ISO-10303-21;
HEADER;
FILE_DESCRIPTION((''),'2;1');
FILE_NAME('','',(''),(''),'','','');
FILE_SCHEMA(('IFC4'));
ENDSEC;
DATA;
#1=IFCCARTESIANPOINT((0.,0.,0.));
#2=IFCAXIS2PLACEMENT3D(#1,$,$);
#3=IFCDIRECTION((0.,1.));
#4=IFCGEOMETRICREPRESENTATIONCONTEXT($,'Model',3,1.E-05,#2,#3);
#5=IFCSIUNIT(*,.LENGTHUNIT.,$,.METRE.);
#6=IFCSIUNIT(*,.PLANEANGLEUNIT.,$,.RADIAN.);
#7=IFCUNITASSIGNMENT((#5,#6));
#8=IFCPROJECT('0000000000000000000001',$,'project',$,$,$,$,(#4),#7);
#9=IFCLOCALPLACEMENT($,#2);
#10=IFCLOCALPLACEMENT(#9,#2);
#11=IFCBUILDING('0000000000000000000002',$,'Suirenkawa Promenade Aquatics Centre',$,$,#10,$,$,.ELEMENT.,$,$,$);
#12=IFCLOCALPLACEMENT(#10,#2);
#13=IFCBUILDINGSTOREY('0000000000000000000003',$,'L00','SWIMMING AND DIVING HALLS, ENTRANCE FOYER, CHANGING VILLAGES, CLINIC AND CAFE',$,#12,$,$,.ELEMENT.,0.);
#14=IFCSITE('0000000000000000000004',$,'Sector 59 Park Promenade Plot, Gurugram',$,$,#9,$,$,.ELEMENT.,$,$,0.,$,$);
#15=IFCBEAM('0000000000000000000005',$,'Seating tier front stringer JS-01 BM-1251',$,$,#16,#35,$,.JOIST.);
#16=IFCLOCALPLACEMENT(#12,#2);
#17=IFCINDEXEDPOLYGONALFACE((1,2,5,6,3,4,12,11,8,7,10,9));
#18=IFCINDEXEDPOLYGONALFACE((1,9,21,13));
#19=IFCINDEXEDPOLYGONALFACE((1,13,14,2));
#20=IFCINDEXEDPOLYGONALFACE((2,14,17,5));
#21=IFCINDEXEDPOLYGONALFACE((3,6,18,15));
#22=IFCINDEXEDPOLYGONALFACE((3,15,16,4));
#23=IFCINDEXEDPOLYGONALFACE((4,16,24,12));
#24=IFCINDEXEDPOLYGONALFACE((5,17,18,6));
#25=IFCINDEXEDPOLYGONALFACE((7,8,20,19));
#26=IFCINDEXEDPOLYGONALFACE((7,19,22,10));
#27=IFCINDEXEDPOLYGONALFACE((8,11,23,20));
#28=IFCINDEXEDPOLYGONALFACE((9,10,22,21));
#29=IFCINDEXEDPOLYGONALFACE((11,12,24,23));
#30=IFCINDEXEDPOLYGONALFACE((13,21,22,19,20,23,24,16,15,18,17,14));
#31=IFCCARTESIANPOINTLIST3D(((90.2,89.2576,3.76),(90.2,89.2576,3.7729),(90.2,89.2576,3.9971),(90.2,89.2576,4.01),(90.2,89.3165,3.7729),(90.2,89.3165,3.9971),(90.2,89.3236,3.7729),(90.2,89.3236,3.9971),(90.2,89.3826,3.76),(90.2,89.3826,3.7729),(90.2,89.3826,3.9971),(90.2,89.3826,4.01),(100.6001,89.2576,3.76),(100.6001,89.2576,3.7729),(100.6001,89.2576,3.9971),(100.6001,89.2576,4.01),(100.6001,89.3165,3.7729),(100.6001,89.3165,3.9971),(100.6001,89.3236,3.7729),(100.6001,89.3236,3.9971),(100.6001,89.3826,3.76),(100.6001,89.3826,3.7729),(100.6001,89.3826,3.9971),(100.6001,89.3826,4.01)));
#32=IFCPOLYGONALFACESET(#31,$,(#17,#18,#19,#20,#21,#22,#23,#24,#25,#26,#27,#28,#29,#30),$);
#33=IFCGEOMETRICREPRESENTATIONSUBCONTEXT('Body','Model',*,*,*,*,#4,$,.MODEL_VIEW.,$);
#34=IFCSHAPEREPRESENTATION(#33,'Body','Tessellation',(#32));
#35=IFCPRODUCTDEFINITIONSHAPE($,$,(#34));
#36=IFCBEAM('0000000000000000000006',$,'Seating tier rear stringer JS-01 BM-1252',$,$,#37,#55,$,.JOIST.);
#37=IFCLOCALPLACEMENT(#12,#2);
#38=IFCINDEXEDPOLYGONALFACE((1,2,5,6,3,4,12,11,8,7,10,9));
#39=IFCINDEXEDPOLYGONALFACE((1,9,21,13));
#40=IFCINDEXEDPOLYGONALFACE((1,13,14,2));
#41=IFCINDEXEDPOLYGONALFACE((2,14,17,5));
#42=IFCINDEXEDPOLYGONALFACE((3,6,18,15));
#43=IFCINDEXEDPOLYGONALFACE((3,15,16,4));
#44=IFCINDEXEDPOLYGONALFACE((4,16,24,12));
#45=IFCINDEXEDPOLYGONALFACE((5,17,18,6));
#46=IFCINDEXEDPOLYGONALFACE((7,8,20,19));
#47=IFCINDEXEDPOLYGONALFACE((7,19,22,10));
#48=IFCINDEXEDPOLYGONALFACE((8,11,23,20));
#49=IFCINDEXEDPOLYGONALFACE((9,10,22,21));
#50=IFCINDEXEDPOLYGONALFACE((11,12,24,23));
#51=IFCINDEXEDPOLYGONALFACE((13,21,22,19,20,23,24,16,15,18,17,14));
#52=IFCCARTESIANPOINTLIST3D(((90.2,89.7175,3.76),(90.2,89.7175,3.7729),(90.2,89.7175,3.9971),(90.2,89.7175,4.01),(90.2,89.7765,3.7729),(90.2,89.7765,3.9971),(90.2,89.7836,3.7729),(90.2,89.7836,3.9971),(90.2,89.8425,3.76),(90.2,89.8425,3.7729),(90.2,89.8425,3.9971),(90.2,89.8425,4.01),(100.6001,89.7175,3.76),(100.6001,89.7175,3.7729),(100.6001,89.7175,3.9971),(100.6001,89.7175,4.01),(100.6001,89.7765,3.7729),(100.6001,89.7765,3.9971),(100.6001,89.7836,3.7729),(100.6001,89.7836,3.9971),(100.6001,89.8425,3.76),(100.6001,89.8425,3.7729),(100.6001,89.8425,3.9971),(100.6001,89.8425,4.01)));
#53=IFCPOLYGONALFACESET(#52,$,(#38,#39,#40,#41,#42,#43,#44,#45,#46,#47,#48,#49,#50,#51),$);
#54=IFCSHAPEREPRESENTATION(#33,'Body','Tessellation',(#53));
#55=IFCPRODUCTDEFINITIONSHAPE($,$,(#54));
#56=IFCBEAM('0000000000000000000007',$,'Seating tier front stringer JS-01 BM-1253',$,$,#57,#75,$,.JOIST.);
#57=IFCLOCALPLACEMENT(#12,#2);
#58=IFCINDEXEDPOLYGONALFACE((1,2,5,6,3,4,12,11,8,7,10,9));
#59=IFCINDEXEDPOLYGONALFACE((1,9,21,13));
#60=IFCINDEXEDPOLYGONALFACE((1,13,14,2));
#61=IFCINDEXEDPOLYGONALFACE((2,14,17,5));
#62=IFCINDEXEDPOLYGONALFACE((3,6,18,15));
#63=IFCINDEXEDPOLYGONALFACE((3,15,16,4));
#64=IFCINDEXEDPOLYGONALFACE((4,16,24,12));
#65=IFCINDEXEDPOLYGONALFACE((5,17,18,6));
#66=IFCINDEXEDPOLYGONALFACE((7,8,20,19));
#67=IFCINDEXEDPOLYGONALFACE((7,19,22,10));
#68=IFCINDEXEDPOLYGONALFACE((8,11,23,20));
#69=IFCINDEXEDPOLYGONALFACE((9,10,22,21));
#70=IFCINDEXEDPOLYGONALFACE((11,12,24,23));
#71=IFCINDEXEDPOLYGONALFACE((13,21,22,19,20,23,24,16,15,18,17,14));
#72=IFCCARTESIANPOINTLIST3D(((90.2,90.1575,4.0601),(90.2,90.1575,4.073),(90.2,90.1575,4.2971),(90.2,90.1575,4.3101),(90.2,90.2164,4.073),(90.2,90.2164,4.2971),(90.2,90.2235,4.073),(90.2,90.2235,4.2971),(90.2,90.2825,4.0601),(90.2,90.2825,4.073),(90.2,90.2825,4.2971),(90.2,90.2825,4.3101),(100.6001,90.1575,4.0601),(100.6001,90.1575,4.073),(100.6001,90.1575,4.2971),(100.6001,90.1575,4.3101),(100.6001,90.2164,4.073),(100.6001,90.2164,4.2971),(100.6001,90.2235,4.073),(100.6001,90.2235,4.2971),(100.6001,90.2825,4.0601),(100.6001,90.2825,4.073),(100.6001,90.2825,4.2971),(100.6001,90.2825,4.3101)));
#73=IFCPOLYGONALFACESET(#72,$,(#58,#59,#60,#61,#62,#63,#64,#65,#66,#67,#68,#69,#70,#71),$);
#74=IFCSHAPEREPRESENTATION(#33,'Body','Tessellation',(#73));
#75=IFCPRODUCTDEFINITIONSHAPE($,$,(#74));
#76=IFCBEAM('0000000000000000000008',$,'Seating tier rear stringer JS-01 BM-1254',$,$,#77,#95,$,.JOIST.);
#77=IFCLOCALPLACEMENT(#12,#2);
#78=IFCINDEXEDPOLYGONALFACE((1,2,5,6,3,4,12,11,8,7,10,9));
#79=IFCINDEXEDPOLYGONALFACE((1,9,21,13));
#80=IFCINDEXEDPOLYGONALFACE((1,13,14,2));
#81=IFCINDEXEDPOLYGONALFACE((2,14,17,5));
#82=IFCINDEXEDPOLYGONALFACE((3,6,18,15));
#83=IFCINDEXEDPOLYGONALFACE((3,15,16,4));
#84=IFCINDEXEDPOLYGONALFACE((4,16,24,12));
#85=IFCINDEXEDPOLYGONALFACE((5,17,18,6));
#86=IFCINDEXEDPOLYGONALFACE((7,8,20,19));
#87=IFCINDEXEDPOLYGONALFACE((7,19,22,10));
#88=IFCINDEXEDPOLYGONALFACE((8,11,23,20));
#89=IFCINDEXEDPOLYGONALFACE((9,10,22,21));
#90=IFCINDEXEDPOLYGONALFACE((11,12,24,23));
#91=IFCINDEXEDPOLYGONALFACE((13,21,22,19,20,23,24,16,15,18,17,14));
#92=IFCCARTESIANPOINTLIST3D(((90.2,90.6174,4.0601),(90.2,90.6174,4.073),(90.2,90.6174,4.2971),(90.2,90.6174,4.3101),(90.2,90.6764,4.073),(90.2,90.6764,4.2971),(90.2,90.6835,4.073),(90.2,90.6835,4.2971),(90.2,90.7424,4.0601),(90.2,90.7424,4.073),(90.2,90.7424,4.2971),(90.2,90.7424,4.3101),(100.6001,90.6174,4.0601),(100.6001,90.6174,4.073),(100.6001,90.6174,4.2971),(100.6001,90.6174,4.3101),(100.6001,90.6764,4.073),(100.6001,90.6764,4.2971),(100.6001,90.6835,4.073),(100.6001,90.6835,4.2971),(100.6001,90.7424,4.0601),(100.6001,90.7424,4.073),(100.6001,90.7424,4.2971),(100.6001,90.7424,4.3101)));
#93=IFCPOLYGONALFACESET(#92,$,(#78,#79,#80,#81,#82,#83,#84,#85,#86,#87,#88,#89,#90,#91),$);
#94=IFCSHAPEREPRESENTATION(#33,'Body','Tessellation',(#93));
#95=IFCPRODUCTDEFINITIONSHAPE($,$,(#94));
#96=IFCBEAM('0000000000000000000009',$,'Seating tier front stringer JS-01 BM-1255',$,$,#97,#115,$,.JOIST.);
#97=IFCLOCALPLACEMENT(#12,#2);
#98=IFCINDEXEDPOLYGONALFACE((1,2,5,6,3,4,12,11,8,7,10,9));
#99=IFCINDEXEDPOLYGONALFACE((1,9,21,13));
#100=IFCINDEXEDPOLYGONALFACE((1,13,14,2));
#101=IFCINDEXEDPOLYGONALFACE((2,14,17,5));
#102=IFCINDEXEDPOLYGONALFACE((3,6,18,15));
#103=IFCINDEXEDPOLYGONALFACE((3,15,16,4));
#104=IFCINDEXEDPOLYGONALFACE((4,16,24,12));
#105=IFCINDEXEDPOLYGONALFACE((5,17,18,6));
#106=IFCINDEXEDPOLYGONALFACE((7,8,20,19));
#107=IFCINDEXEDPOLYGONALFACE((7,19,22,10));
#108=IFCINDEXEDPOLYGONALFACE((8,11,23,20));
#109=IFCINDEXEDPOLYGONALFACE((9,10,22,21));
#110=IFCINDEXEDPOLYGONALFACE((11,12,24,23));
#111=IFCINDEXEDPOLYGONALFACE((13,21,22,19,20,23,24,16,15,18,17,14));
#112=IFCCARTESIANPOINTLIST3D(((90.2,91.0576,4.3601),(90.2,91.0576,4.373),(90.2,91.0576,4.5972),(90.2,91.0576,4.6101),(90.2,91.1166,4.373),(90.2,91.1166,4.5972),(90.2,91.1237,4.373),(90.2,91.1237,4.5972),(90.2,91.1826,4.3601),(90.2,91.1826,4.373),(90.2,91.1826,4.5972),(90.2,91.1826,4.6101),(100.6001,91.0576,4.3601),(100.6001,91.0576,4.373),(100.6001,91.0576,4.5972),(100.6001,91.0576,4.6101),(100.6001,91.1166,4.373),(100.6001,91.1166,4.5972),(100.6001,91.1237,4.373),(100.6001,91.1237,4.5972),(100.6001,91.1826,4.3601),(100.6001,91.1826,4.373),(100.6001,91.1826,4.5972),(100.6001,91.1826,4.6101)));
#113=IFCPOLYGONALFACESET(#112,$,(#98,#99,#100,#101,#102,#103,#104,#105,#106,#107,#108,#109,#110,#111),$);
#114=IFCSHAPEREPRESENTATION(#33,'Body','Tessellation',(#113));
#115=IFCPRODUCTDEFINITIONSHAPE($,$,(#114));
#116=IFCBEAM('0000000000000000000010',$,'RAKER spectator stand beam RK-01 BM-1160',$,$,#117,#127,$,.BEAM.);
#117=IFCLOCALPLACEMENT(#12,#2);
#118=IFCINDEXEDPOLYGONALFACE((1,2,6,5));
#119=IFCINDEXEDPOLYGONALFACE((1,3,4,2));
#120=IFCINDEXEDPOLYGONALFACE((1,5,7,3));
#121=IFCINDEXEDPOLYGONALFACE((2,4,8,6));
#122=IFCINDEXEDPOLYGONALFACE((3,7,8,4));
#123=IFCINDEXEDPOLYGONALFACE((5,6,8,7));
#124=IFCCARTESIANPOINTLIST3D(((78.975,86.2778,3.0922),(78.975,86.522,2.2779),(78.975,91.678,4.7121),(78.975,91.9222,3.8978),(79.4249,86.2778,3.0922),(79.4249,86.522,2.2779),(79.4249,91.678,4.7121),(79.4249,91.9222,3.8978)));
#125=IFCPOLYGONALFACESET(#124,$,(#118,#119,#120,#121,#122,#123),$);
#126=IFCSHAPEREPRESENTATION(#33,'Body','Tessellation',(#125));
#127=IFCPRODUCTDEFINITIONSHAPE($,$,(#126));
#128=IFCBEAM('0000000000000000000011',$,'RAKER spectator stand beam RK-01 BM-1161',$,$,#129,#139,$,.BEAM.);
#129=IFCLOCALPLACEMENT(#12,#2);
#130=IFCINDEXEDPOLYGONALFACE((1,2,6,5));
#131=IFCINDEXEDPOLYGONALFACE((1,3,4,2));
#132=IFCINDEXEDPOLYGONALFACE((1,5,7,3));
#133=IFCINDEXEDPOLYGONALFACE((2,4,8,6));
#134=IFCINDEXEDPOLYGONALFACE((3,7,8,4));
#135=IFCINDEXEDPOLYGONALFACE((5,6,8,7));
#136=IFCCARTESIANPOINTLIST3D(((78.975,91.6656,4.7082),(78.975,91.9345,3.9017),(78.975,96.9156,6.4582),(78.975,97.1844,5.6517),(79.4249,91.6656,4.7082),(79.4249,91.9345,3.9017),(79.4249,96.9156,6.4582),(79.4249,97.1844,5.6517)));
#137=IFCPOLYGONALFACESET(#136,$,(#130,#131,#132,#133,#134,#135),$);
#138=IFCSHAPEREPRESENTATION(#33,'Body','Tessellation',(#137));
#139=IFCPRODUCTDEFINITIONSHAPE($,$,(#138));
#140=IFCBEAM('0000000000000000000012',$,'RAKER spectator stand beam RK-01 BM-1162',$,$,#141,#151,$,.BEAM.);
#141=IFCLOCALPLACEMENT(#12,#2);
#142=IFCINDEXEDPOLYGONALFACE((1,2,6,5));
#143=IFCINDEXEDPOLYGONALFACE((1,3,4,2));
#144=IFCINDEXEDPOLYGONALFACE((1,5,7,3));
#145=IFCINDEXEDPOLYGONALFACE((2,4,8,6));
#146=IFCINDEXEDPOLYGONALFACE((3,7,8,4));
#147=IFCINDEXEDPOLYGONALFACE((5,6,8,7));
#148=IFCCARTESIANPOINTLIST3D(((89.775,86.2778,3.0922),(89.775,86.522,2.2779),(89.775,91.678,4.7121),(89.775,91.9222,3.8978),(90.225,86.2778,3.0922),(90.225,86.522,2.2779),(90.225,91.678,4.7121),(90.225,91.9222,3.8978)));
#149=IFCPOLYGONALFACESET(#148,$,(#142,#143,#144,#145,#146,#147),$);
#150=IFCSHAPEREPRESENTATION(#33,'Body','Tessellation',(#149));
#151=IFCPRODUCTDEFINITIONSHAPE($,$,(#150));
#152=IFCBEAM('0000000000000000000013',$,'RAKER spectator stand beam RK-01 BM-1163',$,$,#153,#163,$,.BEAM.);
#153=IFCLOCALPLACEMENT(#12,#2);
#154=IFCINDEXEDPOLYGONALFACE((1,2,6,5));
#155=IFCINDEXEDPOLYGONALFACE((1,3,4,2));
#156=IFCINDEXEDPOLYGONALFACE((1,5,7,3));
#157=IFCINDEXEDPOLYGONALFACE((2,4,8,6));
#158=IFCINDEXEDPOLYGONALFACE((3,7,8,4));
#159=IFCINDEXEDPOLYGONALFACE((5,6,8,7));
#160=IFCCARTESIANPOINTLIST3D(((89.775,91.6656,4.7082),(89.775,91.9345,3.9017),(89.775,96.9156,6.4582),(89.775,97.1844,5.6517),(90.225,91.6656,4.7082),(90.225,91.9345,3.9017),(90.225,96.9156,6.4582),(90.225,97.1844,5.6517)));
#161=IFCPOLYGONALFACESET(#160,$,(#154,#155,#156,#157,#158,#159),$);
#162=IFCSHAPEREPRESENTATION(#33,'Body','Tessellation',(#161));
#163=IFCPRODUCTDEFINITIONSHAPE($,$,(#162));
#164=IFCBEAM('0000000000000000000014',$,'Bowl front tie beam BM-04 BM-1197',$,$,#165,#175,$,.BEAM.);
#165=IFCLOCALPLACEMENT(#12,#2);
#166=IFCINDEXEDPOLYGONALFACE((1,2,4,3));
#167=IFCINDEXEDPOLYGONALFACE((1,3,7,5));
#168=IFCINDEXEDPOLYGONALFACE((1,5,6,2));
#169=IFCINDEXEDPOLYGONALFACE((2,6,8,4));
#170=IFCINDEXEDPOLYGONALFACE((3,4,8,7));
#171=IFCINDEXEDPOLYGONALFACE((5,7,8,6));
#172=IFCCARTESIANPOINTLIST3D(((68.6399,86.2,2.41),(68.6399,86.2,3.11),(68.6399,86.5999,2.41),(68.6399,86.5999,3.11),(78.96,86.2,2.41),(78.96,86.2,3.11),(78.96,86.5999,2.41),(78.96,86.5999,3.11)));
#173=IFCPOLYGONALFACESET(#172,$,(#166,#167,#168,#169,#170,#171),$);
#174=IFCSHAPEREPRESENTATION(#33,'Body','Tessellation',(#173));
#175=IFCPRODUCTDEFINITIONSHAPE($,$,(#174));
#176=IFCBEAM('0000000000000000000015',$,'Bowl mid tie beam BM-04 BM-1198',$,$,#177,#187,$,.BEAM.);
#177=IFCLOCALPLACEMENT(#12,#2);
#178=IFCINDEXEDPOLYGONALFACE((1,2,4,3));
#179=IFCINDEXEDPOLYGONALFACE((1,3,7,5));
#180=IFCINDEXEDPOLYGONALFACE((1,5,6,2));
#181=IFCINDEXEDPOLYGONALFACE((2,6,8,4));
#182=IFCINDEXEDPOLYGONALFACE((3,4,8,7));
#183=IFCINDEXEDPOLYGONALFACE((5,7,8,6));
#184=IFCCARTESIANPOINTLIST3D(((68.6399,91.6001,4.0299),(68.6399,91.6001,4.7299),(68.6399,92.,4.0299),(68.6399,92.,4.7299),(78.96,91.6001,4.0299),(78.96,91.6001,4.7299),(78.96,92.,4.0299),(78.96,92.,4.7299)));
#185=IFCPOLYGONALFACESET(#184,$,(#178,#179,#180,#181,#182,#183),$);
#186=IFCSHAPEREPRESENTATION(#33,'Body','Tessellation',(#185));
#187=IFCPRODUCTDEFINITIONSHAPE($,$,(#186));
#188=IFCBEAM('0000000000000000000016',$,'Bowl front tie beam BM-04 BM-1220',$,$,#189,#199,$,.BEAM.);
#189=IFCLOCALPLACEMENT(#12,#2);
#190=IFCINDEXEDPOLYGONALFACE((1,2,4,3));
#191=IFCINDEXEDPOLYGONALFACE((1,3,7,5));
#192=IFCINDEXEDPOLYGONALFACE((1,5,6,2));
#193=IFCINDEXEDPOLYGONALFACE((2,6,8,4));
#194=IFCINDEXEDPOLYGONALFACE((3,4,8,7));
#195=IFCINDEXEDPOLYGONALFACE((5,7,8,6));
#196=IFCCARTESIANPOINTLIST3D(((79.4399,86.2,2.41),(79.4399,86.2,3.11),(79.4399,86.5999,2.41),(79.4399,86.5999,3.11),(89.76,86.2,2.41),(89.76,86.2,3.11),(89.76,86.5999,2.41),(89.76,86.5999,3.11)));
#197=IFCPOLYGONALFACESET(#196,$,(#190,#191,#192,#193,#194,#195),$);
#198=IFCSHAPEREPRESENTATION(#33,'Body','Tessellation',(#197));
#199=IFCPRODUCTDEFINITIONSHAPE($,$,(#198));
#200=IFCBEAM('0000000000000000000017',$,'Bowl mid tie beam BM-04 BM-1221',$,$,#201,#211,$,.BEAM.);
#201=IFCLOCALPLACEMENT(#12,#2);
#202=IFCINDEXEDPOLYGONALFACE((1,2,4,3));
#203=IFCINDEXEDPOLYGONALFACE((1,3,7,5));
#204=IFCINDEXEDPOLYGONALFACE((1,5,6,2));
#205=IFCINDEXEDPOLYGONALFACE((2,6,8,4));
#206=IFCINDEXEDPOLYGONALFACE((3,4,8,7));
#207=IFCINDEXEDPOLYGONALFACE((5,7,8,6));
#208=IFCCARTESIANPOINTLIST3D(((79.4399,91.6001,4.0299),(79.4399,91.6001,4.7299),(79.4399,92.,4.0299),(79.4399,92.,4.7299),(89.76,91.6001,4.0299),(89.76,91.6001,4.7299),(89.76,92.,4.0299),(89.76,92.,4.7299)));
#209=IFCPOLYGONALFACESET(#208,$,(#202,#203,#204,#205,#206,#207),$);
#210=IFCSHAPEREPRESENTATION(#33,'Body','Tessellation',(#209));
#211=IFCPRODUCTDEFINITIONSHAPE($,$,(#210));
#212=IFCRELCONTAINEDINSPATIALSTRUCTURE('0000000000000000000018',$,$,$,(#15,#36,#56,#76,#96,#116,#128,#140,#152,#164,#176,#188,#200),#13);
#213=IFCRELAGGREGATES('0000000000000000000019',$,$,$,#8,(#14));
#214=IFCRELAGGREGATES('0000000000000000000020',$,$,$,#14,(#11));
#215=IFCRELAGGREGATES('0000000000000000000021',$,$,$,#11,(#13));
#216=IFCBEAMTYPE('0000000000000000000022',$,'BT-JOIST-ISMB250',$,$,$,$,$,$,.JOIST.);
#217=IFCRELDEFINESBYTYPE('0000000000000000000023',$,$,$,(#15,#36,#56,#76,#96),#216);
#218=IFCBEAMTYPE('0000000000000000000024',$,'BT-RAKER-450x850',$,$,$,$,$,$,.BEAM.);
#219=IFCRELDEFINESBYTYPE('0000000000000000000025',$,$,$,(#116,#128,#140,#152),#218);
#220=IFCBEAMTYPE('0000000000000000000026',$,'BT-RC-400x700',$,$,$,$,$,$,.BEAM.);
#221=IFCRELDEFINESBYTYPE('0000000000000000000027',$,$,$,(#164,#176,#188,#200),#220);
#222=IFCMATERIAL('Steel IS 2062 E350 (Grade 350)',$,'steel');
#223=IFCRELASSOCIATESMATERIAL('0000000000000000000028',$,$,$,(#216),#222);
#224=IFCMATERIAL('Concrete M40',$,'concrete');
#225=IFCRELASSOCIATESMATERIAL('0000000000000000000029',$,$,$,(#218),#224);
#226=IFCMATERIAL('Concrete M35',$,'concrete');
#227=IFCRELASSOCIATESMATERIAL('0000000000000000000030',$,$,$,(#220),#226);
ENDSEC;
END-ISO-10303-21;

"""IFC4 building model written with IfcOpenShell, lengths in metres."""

from ifc_helpers import new_model, si_unit, direction, frame, origin, origin_2d, place, context, subcontext, project, spatial, rectangle, i_section, extrude, material, material_profile, profile_set, type_object, element, save


model = new_model("IFC4")

# Units and contexts
model_context = context("Model", 3, precision=1e-05, world=origin(), true_north=direction((0.0, 1.0)))
body_context = subcontext(model_context, "Body", "Model", "MODEL_VIEW")
ifc_project = project(units=[si_unit("LENGTHUNIT", "METRE"), si_unit("PLANEANGLEUNIT", "RADIAN")], contexts=[model_context])

# Site, building, storey
site_placement = place(None, origin())
site = spatial("IfcSite", under=ifc_project, at=site_placement, Name="Sector 59 Park Promenade Plot, Gurugram", CompositionType="ELEMENT", RefElevation=0.0)
building_placement = place(site_placement, origin())
building = spatial("IfcBuilding", under=site, at=building_placement, Name="Suirenkawa Promenade Aquatics Centre", CompositionType="ELEMENT")
storey_placement = place(building_placement, origin())
storey = spatial("IfcBuildingStorey", under=building, at=storey_placement, Name="L00", Description="SWIMMING AND DIVING HALLS, ENTRANCE FOYER, CHANGING VILLAGES, CLINIC AND CAFE", CompositionType="ELEMENT", Elevation=0.0)

# Shared definitions
ifc_material_1 = material(Name="Concrete M40", Category="concrete")

# Beams
ifc_material_2 = material(Name="Steel IS 2062 E350 (Grade 350)", Category="steel")
ifc_material_profile_1 = material_profile(ifc_material_2, i_section(OverallWidth=0.125, OverallDepth=0.25, WebThickness=0.0071, FlangeThickness=0.0129, at=origin_2d()), Name="ISMB 250", Category="steel")
ifc_profile_set_1 = profile_set([ifc_material_profile_1], Name="Steel IS 2062 E350 (Grade 350)")
beam_type_1 = type_object("IfcBeamType", Name="BT-JOIST-ISMB250", PredefinedType="JOIST", material=ifc_profile_set_1)
for number, where, z_axis, x_axis, name in (
    (1, (90.2, 89.3201, 3.885), (1.0, 0.0, 0.0), (0.0, 1.0, 0.0), "Seating tier front stringer JS-01 BM-1251"),
    (2, (90.2, 89.78, 3.885), (1.0, 0.0, 0.0), (0.0, 1.0, 0.0), "Seating tier rear stringer JS-01 BM-1252"),
    (3, (90.2, 90.22, 4.1851), (1.0, 0.0, 0.0), (0.0, 1.0, 0.0), "Seating tier front stringer JS-01 BM-1253"),
    (4, (90.2, 90.6799, 4.1851), (1.0, 0.0, 0.0), (0.0, 1.0, 0.0), "Seating tier rear stringer JS-01 BM-1254"),
    (5, (90.2, 91.1201, 4.4851), (1.0, 0.0, 0.0), (0.0, 1.0, 0.0), "Seating tier front stringer JS-01 BM-1255"),
):
    element("IfcBeam", number, at=place(storey_placement, frame(where, z_axis=z_axis, x_axis=x_axis)), inside=storey, type_object=beam_type_1, Name=name, PredefinedType="JOIST", context=body_context, shape_type="SweptSolid", body=[
        extrude(i_section(OverallWidth=0.125, OverallDepth=0.25, WebThickness=0.0071, FlangeThickness=0.0129, at=origin_2d()), origin(), (0.0, 0.0, 1.0), 10.4001),
    ])
ifc_material_profile_2 = material_profile(ifc_material_1, rectangle(XDim=0.45, YDim=0.8501, at=origin_2d()), Name="RC RAKER 450x850", Category="concrete")
ifc_profile_set_2 = profile_set([ifc_material_profile_2], Name="Concrete M40")
beam_type_2 = type_object("IfcBeamType", Name="BT-RAKER-450x850", PredefinedType="BEAM", material=ifc_profile_set_2)
beam_1_placement = place(storey_placement, frame((79.2, 86.3999, 2.6851), z_axis=(0.0, 0.957835, 0.28732), x_axis=(-1.0, 0.0, 0.0)))
element("IfcBeam", 6, at=beam_1_placement, inside=storey, type_object=beam_type_2, Name="RAKER spectator stand beam RK-01 BM-1160", PredefinedType="BEAM", context=body_context, shape_type="SweptSolid", body=[
    extrude(rectangle(XDim=0.45, YDim=0.8501, at=origin_2d()), origin(), (0.0, 0.0, 1.0), 5.6379),
])
beam_2_placement = place(storey_placement, frame((79.2, 91.8, 4.3049), z_axis=(0.0, 0.948683, 0.316228), x_axis=(-1.0, 0.0, 0.0)))
element("IfcBeam", 7, at=beam_2_placement, inside=storey, type_object=beam_type_2, Name="RAKER spectator stand beam RK-01 BM-1161", PredefinedType="BEAM", context=body_context, shape_type="SweptSolid", body=[
    extrude(rectangle(XDim=0.45, YDim=0.8501, at=origin_2d()), origin(), (0.0, 0.0, 1.0), 5.5339),
])
beam_3_placement = place(storey_placement, frame((90.0, 86.3999, 2.6851), z_axis=(0.0, 0.957835, 0.28732), x_axis=(-1.0, 0.0, 0.0)))
element("IfcBeam", 8, at=beam_3_placement, inside=storey, type_object=beam_type_2, Name="RAKER spectator stand beam RK-01 BM-1162", PredefinedType="BEAM", context=body_context, shape_type="SweptSolid", body=[
    extrude(rectangle(XDim=0.45, YDim=0.8501, at=origin_2d()), origin(), (0.0, 0.0, 1.0), 5.6379),
])
beam_4_placement = place(storey_placement, frame((90.0, 91.8, 4.3049), z_axis=(0.0, 0.948683, 0.316228), x_axis=(-1.0, 0.0, 0.0)))
element("IfcBeam", 9, at=beam_4_placement, inside=storey, type_object=beam_type_2, Name="RAKER spectator stand beam RK-01 BM-1163", PredefinedType="BEAM", context=body_context, shape_type="SweptSolid", body=[
    extrude(rectangle(XDim=0.45, YDim=0.8501, at=origin_2d()), origin(), (0.0, 0.0, 1.0), 5.5339),
])
ifc_material_3 = material(Name="Concrete M35", Category="concrete")
ifc_material_profile_3 = material_profile(ifc_material_3, rectangle(XDim=0.3999, YDim=0.7, at=origin_2d()), Name="RC BM 400x700", Category="concrete")
ifc_profile_set_3 = profile_set([ifc_material_profile_3], Name="Concrete M35")
beam_type_3 = type_object("IfcBeamType", Name="BT-RC-400x700", PredefinedType="BEAM", material=ifc_profile_set_3)
for number, where, z_axis, x_axis, name in (
    (10, (68.6399, 86.3999, 2.76), (1.0, 0.0, 0.0), (0.0, 1.0, 0.0), "Bowl front tie beam BM-04 BM-1197"),
    (11, (68.6399, 91.8, 4.3799), (1.0, 0.0, 0.0), (0.0, 1.0, 0.0), "Bowl mid tie beam BM-04 BM-1198"),
    (12, (79.4399, 86.3999, 2.76), (1.0, 0.0, 0.0), (0.0, 1.0, 0.0), "Bowl front tie beam BM-04 BM-1220"),
    (13, (79.4399, 91.8, 4.3799), (1.0, 0.0, 0.0), (0.0, 1.0, 0.0), "Bowl mid tie beam BM-04 BM-1221"),
):
    element("IfcBeam", number, at=place(storey_placement, frame(where, z_axis=z_axis, x_axis=x_axis)), inside=storey, type_object=beam_type_3, Name=name, PredefinedType="BEAM", context=body_context, shape_type="SweptSolid", body=[
        extrude(rectangle(XDim=0.3999, YDim=0.7, at=origin_2d()), origin(), (0.0, 0.0, 1.0), 10.3201),
    ])

save(model, "model.ifc")
